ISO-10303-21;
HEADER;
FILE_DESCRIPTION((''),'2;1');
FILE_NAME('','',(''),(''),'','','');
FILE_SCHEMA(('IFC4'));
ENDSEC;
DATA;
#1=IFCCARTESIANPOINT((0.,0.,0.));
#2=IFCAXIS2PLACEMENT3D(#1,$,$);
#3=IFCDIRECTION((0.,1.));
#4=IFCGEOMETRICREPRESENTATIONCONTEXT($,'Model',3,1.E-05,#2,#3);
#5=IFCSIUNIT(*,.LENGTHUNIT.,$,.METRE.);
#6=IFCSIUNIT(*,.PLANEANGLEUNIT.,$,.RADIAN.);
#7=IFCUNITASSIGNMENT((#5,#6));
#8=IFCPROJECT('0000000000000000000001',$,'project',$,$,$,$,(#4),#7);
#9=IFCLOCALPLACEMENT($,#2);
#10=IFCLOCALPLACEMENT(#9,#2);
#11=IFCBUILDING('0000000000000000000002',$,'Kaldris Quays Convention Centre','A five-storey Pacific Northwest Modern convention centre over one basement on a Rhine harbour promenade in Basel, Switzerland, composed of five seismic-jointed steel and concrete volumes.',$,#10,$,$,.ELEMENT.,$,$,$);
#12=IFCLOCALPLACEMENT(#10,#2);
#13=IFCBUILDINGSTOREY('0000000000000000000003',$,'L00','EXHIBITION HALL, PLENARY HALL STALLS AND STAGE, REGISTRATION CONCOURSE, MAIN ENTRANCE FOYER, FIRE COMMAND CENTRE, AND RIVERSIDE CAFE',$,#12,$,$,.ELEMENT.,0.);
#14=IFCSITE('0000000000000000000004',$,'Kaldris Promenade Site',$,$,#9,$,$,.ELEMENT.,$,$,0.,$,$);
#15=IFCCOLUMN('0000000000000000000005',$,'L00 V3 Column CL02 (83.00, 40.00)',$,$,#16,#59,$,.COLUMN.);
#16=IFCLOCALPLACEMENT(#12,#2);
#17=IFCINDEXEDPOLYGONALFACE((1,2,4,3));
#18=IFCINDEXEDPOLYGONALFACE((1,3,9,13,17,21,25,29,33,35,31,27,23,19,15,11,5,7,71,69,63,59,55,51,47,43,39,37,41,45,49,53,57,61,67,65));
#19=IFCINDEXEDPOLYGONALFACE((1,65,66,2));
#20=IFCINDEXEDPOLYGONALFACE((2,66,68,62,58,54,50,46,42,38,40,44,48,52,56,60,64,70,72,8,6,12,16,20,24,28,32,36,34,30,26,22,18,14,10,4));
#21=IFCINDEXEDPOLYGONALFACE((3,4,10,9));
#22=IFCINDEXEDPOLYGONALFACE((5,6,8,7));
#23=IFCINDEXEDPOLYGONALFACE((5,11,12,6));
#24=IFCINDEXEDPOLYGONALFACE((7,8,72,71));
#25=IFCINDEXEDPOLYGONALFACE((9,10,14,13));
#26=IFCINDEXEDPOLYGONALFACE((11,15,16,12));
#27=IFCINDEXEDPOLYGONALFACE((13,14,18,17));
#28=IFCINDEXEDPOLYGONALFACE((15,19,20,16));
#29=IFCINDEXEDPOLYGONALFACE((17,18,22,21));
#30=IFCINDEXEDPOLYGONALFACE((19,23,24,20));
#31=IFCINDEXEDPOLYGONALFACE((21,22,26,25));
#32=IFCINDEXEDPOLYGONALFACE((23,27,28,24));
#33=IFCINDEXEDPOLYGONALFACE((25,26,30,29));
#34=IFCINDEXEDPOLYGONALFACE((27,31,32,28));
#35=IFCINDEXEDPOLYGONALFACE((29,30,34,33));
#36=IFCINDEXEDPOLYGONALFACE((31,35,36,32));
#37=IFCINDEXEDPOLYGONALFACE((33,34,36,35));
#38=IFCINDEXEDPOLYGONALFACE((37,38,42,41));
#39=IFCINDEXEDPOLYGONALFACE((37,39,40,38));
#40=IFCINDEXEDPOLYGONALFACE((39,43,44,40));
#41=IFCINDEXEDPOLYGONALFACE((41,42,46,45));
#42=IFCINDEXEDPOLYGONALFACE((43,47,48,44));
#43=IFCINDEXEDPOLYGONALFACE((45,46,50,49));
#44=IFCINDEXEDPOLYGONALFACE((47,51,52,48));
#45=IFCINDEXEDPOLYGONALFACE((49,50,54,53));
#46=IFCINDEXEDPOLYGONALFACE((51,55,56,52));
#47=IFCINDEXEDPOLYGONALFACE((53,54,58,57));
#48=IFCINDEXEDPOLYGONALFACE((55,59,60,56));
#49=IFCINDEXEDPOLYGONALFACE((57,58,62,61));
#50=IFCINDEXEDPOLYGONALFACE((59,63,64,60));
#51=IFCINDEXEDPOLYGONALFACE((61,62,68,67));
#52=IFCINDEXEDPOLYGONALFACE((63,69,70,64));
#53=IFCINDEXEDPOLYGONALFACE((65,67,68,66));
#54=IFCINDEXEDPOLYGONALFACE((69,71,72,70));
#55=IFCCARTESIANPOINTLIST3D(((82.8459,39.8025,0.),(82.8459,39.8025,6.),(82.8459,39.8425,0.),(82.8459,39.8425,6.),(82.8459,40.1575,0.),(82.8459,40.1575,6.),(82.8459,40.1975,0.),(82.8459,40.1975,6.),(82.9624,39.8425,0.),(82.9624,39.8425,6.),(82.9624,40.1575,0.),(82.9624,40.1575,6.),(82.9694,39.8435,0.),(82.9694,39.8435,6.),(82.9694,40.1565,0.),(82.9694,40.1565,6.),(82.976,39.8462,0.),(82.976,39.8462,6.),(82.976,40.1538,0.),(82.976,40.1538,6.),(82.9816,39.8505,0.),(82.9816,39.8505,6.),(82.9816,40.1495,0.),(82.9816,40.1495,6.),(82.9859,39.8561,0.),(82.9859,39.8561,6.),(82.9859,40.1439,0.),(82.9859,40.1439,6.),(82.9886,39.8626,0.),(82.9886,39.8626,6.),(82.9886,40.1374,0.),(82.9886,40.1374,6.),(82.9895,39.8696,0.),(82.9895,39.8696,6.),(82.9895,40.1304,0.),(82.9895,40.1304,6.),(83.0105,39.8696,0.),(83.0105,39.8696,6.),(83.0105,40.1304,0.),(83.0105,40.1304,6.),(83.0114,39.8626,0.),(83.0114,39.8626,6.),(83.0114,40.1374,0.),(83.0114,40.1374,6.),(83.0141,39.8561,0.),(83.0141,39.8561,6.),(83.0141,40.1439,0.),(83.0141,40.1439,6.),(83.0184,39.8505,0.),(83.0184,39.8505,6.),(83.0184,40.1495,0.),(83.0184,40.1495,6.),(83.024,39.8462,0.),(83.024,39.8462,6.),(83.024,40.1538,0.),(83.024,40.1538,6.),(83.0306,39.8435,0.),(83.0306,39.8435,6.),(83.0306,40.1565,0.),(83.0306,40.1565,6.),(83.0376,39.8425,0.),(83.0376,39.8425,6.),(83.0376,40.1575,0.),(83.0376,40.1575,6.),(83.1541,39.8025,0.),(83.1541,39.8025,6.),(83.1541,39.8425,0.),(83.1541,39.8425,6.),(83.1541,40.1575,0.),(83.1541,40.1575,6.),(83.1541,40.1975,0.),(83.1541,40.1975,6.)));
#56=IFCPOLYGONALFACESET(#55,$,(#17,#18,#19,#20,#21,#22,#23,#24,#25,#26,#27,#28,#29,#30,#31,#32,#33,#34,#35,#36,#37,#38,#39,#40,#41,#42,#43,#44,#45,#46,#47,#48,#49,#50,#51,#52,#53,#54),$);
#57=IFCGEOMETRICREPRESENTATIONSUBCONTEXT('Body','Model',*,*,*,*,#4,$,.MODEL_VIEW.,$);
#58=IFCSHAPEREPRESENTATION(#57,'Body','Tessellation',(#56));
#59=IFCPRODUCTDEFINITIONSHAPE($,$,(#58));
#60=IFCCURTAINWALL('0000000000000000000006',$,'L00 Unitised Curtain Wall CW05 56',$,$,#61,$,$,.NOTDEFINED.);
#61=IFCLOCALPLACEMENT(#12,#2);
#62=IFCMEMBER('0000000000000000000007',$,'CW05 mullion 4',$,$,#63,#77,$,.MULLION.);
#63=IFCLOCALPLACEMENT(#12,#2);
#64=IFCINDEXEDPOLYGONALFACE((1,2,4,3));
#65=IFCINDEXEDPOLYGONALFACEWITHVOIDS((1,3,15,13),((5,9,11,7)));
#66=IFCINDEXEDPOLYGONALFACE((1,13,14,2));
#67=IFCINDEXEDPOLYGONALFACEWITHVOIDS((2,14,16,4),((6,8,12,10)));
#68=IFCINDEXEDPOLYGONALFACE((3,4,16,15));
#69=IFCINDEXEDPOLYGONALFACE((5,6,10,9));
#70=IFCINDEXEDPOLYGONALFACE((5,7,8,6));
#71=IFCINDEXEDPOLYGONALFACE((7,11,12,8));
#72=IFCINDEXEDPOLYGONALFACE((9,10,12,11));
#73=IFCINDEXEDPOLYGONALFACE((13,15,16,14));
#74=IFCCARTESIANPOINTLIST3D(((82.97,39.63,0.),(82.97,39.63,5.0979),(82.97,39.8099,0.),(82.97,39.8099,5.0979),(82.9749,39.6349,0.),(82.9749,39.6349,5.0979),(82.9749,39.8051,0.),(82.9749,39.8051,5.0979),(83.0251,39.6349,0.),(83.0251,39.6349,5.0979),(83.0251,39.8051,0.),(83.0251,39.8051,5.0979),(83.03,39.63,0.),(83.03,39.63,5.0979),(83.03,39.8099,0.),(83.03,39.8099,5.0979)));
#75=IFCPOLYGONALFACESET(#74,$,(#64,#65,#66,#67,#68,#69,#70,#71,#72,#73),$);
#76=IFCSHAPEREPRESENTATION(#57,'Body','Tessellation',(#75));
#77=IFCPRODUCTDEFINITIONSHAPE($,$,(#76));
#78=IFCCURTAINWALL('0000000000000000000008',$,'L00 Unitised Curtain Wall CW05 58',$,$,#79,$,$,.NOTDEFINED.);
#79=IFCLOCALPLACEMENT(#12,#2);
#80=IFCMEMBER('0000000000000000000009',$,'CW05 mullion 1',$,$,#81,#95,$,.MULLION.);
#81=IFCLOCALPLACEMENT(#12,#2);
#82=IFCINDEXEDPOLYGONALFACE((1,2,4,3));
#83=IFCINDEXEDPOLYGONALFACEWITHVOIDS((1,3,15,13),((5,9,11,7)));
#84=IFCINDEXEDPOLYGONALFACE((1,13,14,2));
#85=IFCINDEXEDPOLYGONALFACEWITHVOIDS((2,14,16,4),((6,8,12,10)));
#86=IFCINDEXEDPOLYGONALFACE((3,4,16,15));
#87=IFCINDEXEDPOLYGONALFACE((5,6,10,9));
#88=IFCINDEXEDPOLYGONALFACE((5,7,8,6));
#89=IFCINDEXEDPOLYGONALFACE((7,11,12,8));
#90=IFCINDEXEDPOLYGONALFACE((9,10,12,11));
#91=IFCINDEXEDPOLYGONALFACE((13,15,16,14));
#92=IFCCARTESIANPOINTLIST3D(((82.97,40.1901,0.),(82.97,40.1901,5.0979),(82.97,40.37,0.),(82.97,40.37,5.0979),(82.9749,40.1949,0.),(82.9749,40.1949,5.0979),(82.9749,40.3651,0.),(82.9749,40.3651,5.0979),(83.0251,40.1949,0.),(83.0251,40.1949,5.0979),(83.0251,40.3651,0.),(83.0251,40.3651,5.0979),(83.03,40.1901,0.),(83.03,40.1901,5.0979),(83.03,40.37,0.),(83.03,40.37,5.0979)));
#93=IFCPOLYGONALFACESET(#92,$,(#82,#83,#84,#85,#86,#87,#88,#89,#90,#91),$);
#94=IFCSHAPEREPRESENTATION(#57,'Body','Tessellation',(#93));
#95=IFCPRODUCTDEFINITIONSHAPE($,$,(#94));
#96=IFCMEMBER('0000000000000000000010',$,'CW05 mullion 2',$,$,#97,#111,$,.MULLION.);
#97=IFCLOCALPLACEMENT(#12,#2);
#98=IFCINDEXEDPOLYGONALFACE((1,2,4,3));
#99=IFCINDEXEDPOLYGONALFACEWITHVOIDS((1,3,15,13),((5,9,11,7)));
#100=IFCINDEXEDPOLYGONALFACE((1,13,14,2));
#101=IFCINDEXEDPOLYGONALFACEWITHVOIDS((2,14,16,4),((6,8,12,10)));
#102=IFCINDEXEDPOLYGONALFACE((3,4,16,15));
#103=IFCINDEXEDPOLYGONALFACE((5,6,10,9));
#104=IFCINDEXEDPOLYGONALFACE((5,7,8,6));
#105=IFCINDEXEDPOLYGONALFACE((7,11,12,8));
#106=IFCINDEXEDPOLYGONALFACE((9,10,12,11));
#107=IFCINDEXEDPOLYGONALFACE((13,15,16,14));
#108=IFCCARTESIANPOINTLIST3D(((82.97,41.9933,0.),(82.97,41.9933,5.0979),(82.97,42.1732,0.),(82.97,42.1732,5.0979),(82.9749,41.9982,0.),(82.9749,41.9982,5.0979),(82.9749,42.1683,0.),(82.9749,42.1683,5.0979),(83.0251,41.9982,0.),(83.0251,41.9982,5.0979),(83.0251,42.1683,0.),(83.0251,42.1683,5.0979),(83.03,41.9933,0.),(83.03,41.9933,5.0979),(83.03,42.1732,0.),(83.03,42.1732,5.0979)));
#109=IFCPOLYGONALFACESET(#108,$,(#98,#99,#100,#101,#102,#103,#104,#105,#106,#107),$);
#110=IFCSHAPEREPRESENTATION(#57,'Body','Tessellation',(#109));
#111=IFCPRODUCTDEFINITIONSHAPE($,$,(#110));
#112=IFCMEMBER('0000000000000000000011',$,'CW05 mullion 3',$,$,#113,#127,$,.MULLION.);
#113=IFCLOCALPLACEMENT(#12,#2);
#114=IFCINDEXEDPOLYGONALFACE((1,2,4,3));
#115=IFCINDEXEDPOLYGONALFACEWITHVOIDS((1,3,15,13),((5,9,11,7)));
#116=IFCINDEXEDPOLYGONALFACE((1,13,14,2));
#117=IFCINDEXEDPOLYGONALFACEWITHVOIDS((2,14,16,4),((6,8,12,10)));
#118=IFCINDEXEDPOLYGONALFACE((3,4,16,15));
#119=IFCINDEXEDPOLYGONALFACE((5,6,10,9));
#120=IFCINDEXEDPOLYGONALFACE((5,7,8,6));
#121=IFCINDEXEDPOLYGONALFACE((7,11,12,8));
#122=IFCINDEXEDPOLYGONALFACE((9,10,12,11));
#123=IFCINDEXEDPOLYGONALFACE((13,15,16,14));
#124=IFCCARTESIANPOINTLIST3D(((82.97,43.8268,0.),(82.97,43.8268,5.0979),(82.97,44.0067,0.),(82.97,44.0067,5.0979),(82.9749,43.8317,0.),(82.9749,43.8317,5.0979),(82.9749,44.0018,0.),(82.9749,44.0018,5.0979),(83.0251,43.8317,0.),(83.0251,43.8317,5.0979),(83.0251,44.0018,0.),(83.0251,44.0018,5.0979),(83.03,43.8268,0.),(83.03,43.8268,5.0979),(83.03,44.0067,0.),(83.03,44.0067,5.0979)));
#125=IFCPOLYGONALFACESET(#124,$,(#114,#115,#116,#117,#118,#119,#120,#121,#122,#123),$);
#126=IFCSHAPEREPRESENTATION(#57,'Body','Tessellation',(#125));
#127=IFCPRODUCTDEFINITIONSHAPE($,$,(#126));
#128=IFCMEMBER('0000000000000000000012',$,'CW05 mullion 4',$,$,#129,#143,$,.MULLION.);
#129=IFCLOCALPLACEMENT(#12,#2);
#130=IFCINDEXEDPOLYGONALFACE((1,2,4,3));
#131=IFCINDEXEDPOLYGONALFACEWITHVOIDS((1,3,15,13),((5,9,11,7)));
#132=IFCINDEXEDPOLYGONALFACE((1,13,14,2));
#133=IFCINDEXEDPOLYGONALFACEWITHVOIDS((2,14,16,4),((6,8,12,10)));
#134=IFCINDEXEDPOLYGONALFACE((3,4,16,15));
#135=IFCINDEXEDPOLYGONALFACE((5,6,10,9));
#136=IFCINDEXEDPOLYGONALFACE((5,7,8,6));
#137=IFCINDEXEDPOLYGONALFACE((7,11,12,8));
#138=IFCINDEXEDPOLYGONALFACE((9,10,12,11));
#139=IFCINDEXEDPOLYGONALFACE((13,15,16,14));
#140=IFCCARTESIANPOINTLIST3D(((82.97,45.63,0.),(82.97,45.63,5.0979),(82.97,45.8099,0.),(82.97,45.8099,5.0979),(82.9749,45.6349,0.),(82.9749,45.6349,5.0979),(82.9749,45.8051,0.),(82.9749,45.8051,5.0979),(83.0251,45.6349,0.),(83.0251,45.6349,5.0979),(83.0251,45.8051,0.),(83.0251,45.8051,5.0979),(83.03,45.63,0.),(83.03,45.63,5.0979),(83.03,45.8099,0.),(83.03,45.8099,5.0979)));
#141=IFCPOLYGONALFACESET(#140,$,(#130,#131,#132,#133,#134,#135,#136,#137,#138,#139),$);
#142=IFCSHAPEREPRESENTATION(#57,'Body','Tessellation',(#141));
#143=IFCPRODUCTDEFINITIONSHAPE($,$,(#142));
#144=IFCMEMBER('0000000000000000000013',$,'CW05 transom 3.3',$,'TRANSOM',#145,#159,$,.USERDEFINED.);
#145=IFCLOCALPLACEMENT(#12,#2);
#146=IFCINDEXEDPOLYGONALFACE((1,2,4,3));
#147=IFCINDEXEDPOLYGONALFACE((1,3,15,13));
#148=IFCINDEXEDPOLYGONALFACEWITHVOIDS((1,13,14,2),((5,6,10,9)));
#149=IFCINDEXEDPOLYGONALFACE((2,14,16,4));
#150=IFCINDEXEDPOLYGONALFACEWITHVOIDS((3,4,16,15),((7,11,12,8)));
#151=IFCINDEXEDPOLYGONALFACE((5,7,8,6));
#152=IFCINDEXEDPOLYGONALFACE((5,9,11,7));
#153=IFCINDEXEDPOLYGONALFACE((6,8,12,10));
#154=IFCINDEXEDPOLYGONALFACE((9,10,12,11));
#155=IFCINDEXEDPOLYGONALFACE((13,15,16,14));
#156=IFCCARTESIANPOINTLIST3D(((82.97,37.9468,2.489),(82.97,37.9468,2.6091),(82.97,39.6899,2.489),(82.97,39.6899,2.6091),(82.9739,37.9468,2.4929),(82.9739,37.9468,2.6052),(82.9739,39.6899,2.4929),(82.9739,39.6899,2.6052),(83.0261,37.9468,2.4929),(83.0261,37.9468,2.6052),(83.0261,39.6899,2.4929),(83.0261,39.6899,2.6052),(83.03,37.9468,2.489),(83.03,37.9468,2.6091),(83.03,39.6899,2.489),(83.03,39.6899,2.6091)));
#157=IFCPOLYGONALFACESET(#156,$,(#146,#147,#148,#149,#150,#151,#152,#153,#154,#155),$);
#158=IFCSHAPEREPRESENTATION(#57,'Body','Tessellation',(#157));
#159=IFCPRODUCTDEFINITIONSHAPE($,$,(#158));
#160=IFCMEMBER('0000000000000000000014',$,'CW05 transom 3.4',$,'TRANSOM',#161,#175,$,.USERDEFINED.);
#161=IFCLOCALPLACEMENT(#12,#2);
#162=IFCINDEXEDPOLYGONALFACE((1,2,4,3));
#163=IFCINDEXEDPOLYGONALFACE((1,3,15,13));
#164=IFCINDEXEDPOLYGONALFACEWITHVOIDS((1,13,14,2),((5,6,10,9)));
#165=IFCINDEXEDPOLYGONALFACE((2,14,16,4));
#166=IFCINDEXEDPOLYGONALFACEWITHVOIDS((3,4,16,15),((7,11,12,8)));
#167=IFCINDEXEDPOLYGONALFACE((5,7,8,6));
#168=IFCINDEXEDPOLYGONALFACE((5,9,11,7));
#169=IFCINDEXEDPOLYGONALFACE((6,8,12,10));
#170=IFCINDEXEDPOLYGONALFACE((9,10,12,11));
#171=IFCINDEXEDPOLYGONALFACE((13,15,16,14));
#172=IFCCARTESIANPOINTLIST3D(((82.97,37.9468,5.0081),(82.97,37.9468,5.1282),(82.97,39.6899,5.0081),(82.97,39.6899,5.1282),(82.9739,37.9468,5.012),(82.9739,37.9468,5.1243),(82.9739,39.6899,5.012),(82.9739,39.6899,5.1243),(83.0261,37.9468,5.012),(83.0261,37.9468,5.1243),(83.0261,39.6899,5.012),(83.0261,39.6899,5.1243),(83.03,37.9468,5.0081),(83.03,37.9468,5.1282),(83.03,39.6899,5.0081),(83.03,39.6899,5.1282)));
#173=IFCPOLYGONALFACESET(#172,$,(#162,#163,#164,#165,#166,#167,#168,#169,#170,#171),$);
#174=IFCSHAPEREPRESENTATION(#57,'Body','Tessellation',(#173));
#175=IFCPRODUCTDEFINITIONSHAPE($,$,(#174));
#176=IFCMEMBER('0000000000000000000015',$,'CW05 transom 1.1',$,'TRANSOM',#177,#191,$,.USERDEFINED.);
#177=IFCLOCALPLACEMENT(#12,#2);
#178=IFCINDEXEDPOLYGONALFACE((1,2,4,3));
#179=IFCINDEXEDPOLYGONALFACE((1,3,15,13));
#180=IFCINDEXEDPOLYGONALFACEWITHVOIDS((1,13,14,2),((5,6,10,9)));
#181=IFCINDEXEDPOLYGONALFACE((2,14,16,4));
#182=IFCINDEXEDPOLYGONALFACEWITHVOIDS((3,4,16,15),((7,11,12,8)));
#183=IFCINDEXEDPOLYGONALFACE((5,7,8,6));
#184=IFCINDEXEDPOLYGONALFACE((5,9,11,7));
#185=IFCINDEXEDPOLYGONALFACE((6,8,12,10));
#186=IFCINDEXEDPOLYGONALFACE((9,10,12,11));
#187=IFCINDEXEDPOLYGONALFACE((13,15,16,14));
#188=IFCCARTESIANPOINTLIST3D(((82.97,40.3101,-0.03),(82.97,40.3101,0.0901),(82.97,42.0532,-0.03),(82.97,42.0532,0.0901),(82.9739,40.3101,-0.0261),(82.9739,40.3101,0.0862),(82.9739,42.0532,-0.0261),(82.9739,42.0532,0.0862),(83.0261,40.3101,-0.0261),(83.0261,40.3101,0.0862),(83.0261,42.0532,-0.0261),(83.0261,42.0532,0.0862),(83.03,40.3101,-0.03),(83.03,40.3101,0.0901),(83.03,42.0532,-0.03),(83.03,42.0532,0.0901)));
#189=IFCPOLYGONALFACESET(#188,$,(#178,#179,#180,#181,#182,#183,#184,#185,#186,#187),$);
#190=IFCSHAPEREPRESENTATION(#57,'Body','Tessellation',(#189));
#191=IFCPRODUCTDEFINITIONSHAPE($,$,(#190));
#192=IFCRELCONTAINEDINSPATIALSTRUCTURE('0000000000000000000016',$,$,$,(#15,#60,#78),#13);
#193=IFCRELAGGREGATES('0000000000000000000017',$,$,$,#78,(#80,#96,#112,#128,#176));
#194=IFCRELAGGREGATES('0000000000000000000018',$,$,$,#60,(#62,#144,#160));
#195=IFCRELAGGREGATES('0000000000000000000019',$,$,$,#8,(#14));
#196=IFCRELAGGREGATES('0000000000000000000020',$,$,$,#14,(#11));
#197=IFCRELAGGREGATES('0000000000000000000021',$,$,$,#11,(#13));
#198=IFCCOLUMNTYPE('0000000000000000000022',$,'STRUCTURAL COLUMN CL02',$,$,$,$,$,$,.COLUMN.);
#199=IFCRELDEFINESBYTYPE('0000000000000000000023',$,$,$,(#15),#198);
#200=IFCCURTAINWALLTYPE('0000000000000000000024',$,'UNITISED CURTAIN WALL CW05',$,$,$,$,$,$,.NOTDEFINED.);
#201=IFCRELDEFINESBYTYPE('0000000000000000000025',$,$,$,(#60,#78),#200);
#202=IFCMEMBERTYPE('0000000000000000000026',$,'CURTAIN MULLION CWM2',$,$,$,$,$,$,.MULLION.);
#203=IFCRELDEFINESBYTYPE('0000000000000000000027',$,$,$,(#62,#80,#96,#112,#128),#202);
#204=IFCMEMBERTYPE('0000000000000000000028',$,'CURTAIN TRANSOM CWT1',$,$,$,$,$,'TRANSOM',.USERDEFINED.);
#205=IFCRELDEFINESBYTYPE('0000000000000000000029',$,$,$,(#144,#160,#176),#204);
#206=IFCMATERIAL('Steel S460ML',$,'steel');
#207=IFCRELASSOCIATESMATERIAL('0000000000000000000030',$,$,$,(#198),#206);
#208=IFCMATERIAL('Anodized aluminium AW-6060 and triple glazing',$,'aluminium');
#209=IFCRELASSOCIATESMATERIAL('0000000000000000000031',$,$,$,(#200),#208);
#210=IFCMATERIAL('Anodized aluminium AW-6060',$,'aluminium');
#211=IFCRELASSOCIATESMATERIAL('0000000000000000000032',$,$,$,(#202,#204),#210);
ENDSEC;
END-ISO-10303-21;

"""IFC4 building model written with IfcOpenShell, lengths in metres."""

from ifc_helpers import new_model, si_unit, direction, frame, origin, origin_2d, place, context, subcontext, project, spatial, hollow_rectangle, i_section, extrude, material, material_profile, profile_set, type_object, element, aggregate, save


model = new_model("IFC4")

# Units and contexts
model_context = context("Model", 3, precision=1e-05, world=origin(), true_north=direction((0.0, 1.0)))
body_context = subcontext(model_context, "Body", "Model", "MODEL_VIEW")
ifc_project = project(units=[si_unit("LENGTHUNIT", "METRE"), si_unit("PLANEANGLEUNIT", "RADIAN")], contexts=[model_context])

# Site, building, storey
site_placement = place(None, origin())
site = spatial("IfcSite", under=ifc_project, at=site_placement, Name="Kaldris Promenade Site", CompositionType="ELEMENT", RefElevation=0.0)
building_placement = place(site_placement, origin())
building = spatial("IfcBuilding", under=site, at=building_placement, Name="Kaldris Quays Convention Centre", Description="A five-storey Pacific Northwest Modern convention centre over one basement on a Rhine harbour promenade in Basel, Switzerland, composed of five seismic-jointed steel and concrete volumes.", CompositionType="ELEMENT")
storey_placement = place(building_placement, origin())
storey = spatial("IfcBuildingStorey", under=building, at=storey_placement, Name="L00", Description="EXHIBITION HALL, PLENARY HALL STALLS AND STAGE, REGISTRATION CONCOURSE, MAIN ENTRANCE FOYER, FIRE COMMAND CENTRE, AND RIVERSIDE CAFE", CompositionType="ELEMENT", Elevation=0.0)

# Column
ifc_material_1 = material(Name="Steel S460ML", Category="steel")
ifc_material_profile_1 = material_profile(ifc_material_1, i_section(OverallWidth=0.3081, OverallDepth=0.395, WebThickness=0.021, FlangeThickness=0.04, FilletRadius=0.0271, at=origin_2d()), Name="HEM 360")
ifc_profile_set_1 = profile_set([ifc_material_profile_1], Name="Steel S460ML")
column_type = type_object("IfcColumnType", Name="STRUCTURAL COLUMN CL02", PredefinedType="COLUMN", material=ifc_profile_set_1)
column_placement = place(storey_placement, frame((83.0, 40.0, 0.0), z_axis=(0.0, 0.0, 1.0), x_axis=(1.0, 0.0, 0.0)))
element("IfcColumn", 1, at=column_placement, inside=storey, type_object=column_type, Name="L00 V3 Column CL02 (83.00, 40.00)", PredefinedType="COLUMN", context=body_context, shape_type="SweptSolid", body=[
    extrude(i_section(OverallWidth=0.3081, OverallDepth=0.395, WebThickness=0.021, FlangeThickness=0.04, FilletRadius=0.0271, at=origin_2d()), origin(), (0.0, 0.0, 1.0), 6.0),
])

# Curtain wall, member
ifc_material_2 = material(Name="Anodized aluminium AW-6060 and triple glazing", Category="aluminium")
curtain_wall_type = type_object("IfcCurtainWallType", Name="UNITISED CURTAIN WALL CW05", PredefinedType="NOTDEFINED", material=ifc_material_2)
curtain_wall_1_placement = place(storey_placement, origin())
curtain_wall_1 = element("IfcCurtainWall", 2, at=curtain_wall_1_placement, inside=storey, type_object=curtain_wall_type, Name="L00 Unitised Curtain Wall CW05 56", PredefinedType="NOTDEFINED")
ifc_material_3 = material(Name="Anodized aluminium AW-6060", Category="aluminium")
ifc_material_profile_2 = material_profile(ifc_material_3, hollow_rectangle(XDim=0.0601, YDim=0.1799, WallThickness=0.0049, at=origin_2d()), Name="RHS 180x60x5")
ifc_profile_set_2 = profile_set([ifc_material_profile_2], Name="Anodized aluminium AW-6060")
member_type_1 = type_object("IfcMemberType", Name="CURTAIN MULLION CWM2", PredefinedType="MULLION", material=ifc_profile_set_2)
member_1_placement = place(storey_placement, frame((83.0, 39.72, 0.0), z_axis=(0.0, 0.0, 1.0), x_axis=(-1.0, 0.0, 0.0)))
member_1 = element("IfcMember", 3, at=member_1_placement, type_object=member_type_1, Name="CW05 mullion 4", PredefinedType="MULLION", context=body_context, shape_type="SweptSolid", body=[
    extrude(hollow_rectangle(XDim=0.0601, YDim=0.1799, WallThickness=0.0049, at=origin_2d()), origin(), (0.0, 0.0, 1.0), 5.0979),
])

# Curtain wall, members
curtain_wall_2_placement = place(storey_placement, origin())
curtain_wall_2 = element("IfcCurtainWall", 4, at=curtain_wall_2_placement, inside=storey, type_object=curtain_wall_type, Name="L00 Unitised Curtain Wall CW05 58", PredefinedType="NOTDEFINED")
member_2_placement = place(storey_placement, frame((83.0, 40.28, 0.0), z_axis=(0.0, 0.0, 1.0), x_axis=(-1.0, 0.0, 0.0)))
member_2 = element("IfcMember", 5, at=member_2_placement, type_object=member_type_1, Name="CW05 mullion 1", PredefinedType="MULLION", context=body_context, shape_type="SweptSolid", body=[
    extrude(hollow_rectangle(XDim=0.0601, YDim=0.1799, WallThickness=0.0049, at=origin_2d()), origin(), (0.0, 0.0, 1.0), 5.0979),
])
member_3_placement = place(storey_placement, frame((83.0, 42.0833, 0.0), z_axis=(0.0, 0.0, 1.0), x_axis=(-1.0, 0.0, 0.0)))
member_3 = element("IfcMember", 6, at=member_3_placement, type_object=member_type_1, Name="CW05 mullion 2", PredefinedType="MULLION", context=body_context, shape_type="SweptSolid", body=[
    extrude(hollow_rectangle(XDim=0.0601, YDim=0.1799, WallThickness=0.0049, at=origin_2d()), origin(), (0.0, 0.0, 1.0), 5.0979),
])
member_4_placement = place(storey_placement, frame((83.0, 43.9167, 0.0), z_axis=(0.0, 0.0, 1.0), x_axis=(-1.0, 0.0, 0.0)))
member_4 = element("IfcMember", 7, at=member_4_placement, type_object=member_type_1, Name="CW05 mullion 3", PredefinedType="MULLION", context=body_context, shape_type="SweptSolid", body=[
    extrude(hollow_rectangle(XDim=0.0601, YDim=0.1799, WallThickness=0.0049, at=origin_2d()), origin(), (0.0, 0.0, 1.0), 5.0979),
])
member_5_placement = place(storey_placement, frame((83.0, 45.72, 0.0), z_axis=(0.0, 0.0, 1.0), x_axis=(-1.0, 0.0, 0.0)))
member_5 = element("IfcMember", 8, at=member_5_placement, type_object=member_type_1, Name="CW05 mullion 4", PredefinedType="MULLION", context=body_context, shape_type="SweptSolid", body=[
    extrude(hollow_rectangle(XDim=0.0601, YDim=0.1799, WallThickness=0.0049, at=origin_2d()), origin(), (0.0, 0.0, 1.0), 5.0979),
])

# Members
ifc_material_profile_3 = material_profile(ifc_material_3, hollow_rectangle(XDim=0.0601, YDim=0.1201, WallThickness=0.0039, at=origin_2d()), Name="RHS 120x60x4")
ifc_profile_set_3 = profile_set([ifc_material_profile_3], Name="Anodized aluminium AW-6060")
member_type_2 = type_object("IfcMemberType", Name="CURTAIN TRANSOM CWT1", ElementType="TRANSOM", PredefinedType="USERDEFINED", material=ifc_profile_set_3)
member_6_placement = place(storey_placement, frame((83.0, 37.9468, 2.5491), z_axis=(0.0, 1.0, 0.0), x_axis=(-1.0, 0.0, 0.0)))
member_6 = element("IfcMember", 9, at=member_6_placement, type_object=member_type_2, Name="CW05 transom 3.3", ObjectType="TRANSOM", PredefinedType="USERDEFINED", context=body_context, shape_type="SweptSolid", body=[
    extrude(hollow_rectangle(XDim=0.0601, YDim=0.1201, WallThickness=0.0039, at=origin_2d()), origin(), (0.0, 0.0, 1.0), 1.7432),
])
member_7_placement = place(storey_placement, frame((83.0, 37.9468, 5.0681), z_axis=(0.0, 1.0, 0.0), x_axis=(-1.0, 0.0, 0.0)))
member_7 = element("IfcMember", 10, at=member_7_placement, type_object=member_type_2, Name="CW05 transom 3.4", ObjectType="TRANSOM", PredefinedType="USERDEFINED", context=body_context, shape_type="SweptSolid", body=[
    extrude(hollow_rectangle(XDim=0.0601, YDim=0.1201, WallThickness=0.0039, at=origin_2d()), origin(), (0.0, 0.0, 1.0), 1.7432),
])
member_8_placement = place(storey_placement, frame((83.0, 40.3101, 0.03), z_axis=(0.0, 1.0, 0.0), x_axis=(-1.0, 0.0, 0.0)))
member_8 = element("IfcMember", 11, at=member_8_placement, type_object=member_type_2, Name="CW05 transom 1.1", ObjectType="TRANSOM", PredefinedType="USERDEFINED", context=body_context, shape_type="SweptSolid", body=[
    extrude(hollow_rectangle(XDim=0.0601, YDim=0.1201, WallThickness=0.0039, at=origin_2d()), origin(), (0.0, 0.0, 1.0), 1.7432),
])

aggregate(curtain_wall_2, [member_2, member_3, member_4, member_5, member_8])
aggregate(curtain_wall_1, [member_1, member_6, member_7])

save(model, "model.ifc")
